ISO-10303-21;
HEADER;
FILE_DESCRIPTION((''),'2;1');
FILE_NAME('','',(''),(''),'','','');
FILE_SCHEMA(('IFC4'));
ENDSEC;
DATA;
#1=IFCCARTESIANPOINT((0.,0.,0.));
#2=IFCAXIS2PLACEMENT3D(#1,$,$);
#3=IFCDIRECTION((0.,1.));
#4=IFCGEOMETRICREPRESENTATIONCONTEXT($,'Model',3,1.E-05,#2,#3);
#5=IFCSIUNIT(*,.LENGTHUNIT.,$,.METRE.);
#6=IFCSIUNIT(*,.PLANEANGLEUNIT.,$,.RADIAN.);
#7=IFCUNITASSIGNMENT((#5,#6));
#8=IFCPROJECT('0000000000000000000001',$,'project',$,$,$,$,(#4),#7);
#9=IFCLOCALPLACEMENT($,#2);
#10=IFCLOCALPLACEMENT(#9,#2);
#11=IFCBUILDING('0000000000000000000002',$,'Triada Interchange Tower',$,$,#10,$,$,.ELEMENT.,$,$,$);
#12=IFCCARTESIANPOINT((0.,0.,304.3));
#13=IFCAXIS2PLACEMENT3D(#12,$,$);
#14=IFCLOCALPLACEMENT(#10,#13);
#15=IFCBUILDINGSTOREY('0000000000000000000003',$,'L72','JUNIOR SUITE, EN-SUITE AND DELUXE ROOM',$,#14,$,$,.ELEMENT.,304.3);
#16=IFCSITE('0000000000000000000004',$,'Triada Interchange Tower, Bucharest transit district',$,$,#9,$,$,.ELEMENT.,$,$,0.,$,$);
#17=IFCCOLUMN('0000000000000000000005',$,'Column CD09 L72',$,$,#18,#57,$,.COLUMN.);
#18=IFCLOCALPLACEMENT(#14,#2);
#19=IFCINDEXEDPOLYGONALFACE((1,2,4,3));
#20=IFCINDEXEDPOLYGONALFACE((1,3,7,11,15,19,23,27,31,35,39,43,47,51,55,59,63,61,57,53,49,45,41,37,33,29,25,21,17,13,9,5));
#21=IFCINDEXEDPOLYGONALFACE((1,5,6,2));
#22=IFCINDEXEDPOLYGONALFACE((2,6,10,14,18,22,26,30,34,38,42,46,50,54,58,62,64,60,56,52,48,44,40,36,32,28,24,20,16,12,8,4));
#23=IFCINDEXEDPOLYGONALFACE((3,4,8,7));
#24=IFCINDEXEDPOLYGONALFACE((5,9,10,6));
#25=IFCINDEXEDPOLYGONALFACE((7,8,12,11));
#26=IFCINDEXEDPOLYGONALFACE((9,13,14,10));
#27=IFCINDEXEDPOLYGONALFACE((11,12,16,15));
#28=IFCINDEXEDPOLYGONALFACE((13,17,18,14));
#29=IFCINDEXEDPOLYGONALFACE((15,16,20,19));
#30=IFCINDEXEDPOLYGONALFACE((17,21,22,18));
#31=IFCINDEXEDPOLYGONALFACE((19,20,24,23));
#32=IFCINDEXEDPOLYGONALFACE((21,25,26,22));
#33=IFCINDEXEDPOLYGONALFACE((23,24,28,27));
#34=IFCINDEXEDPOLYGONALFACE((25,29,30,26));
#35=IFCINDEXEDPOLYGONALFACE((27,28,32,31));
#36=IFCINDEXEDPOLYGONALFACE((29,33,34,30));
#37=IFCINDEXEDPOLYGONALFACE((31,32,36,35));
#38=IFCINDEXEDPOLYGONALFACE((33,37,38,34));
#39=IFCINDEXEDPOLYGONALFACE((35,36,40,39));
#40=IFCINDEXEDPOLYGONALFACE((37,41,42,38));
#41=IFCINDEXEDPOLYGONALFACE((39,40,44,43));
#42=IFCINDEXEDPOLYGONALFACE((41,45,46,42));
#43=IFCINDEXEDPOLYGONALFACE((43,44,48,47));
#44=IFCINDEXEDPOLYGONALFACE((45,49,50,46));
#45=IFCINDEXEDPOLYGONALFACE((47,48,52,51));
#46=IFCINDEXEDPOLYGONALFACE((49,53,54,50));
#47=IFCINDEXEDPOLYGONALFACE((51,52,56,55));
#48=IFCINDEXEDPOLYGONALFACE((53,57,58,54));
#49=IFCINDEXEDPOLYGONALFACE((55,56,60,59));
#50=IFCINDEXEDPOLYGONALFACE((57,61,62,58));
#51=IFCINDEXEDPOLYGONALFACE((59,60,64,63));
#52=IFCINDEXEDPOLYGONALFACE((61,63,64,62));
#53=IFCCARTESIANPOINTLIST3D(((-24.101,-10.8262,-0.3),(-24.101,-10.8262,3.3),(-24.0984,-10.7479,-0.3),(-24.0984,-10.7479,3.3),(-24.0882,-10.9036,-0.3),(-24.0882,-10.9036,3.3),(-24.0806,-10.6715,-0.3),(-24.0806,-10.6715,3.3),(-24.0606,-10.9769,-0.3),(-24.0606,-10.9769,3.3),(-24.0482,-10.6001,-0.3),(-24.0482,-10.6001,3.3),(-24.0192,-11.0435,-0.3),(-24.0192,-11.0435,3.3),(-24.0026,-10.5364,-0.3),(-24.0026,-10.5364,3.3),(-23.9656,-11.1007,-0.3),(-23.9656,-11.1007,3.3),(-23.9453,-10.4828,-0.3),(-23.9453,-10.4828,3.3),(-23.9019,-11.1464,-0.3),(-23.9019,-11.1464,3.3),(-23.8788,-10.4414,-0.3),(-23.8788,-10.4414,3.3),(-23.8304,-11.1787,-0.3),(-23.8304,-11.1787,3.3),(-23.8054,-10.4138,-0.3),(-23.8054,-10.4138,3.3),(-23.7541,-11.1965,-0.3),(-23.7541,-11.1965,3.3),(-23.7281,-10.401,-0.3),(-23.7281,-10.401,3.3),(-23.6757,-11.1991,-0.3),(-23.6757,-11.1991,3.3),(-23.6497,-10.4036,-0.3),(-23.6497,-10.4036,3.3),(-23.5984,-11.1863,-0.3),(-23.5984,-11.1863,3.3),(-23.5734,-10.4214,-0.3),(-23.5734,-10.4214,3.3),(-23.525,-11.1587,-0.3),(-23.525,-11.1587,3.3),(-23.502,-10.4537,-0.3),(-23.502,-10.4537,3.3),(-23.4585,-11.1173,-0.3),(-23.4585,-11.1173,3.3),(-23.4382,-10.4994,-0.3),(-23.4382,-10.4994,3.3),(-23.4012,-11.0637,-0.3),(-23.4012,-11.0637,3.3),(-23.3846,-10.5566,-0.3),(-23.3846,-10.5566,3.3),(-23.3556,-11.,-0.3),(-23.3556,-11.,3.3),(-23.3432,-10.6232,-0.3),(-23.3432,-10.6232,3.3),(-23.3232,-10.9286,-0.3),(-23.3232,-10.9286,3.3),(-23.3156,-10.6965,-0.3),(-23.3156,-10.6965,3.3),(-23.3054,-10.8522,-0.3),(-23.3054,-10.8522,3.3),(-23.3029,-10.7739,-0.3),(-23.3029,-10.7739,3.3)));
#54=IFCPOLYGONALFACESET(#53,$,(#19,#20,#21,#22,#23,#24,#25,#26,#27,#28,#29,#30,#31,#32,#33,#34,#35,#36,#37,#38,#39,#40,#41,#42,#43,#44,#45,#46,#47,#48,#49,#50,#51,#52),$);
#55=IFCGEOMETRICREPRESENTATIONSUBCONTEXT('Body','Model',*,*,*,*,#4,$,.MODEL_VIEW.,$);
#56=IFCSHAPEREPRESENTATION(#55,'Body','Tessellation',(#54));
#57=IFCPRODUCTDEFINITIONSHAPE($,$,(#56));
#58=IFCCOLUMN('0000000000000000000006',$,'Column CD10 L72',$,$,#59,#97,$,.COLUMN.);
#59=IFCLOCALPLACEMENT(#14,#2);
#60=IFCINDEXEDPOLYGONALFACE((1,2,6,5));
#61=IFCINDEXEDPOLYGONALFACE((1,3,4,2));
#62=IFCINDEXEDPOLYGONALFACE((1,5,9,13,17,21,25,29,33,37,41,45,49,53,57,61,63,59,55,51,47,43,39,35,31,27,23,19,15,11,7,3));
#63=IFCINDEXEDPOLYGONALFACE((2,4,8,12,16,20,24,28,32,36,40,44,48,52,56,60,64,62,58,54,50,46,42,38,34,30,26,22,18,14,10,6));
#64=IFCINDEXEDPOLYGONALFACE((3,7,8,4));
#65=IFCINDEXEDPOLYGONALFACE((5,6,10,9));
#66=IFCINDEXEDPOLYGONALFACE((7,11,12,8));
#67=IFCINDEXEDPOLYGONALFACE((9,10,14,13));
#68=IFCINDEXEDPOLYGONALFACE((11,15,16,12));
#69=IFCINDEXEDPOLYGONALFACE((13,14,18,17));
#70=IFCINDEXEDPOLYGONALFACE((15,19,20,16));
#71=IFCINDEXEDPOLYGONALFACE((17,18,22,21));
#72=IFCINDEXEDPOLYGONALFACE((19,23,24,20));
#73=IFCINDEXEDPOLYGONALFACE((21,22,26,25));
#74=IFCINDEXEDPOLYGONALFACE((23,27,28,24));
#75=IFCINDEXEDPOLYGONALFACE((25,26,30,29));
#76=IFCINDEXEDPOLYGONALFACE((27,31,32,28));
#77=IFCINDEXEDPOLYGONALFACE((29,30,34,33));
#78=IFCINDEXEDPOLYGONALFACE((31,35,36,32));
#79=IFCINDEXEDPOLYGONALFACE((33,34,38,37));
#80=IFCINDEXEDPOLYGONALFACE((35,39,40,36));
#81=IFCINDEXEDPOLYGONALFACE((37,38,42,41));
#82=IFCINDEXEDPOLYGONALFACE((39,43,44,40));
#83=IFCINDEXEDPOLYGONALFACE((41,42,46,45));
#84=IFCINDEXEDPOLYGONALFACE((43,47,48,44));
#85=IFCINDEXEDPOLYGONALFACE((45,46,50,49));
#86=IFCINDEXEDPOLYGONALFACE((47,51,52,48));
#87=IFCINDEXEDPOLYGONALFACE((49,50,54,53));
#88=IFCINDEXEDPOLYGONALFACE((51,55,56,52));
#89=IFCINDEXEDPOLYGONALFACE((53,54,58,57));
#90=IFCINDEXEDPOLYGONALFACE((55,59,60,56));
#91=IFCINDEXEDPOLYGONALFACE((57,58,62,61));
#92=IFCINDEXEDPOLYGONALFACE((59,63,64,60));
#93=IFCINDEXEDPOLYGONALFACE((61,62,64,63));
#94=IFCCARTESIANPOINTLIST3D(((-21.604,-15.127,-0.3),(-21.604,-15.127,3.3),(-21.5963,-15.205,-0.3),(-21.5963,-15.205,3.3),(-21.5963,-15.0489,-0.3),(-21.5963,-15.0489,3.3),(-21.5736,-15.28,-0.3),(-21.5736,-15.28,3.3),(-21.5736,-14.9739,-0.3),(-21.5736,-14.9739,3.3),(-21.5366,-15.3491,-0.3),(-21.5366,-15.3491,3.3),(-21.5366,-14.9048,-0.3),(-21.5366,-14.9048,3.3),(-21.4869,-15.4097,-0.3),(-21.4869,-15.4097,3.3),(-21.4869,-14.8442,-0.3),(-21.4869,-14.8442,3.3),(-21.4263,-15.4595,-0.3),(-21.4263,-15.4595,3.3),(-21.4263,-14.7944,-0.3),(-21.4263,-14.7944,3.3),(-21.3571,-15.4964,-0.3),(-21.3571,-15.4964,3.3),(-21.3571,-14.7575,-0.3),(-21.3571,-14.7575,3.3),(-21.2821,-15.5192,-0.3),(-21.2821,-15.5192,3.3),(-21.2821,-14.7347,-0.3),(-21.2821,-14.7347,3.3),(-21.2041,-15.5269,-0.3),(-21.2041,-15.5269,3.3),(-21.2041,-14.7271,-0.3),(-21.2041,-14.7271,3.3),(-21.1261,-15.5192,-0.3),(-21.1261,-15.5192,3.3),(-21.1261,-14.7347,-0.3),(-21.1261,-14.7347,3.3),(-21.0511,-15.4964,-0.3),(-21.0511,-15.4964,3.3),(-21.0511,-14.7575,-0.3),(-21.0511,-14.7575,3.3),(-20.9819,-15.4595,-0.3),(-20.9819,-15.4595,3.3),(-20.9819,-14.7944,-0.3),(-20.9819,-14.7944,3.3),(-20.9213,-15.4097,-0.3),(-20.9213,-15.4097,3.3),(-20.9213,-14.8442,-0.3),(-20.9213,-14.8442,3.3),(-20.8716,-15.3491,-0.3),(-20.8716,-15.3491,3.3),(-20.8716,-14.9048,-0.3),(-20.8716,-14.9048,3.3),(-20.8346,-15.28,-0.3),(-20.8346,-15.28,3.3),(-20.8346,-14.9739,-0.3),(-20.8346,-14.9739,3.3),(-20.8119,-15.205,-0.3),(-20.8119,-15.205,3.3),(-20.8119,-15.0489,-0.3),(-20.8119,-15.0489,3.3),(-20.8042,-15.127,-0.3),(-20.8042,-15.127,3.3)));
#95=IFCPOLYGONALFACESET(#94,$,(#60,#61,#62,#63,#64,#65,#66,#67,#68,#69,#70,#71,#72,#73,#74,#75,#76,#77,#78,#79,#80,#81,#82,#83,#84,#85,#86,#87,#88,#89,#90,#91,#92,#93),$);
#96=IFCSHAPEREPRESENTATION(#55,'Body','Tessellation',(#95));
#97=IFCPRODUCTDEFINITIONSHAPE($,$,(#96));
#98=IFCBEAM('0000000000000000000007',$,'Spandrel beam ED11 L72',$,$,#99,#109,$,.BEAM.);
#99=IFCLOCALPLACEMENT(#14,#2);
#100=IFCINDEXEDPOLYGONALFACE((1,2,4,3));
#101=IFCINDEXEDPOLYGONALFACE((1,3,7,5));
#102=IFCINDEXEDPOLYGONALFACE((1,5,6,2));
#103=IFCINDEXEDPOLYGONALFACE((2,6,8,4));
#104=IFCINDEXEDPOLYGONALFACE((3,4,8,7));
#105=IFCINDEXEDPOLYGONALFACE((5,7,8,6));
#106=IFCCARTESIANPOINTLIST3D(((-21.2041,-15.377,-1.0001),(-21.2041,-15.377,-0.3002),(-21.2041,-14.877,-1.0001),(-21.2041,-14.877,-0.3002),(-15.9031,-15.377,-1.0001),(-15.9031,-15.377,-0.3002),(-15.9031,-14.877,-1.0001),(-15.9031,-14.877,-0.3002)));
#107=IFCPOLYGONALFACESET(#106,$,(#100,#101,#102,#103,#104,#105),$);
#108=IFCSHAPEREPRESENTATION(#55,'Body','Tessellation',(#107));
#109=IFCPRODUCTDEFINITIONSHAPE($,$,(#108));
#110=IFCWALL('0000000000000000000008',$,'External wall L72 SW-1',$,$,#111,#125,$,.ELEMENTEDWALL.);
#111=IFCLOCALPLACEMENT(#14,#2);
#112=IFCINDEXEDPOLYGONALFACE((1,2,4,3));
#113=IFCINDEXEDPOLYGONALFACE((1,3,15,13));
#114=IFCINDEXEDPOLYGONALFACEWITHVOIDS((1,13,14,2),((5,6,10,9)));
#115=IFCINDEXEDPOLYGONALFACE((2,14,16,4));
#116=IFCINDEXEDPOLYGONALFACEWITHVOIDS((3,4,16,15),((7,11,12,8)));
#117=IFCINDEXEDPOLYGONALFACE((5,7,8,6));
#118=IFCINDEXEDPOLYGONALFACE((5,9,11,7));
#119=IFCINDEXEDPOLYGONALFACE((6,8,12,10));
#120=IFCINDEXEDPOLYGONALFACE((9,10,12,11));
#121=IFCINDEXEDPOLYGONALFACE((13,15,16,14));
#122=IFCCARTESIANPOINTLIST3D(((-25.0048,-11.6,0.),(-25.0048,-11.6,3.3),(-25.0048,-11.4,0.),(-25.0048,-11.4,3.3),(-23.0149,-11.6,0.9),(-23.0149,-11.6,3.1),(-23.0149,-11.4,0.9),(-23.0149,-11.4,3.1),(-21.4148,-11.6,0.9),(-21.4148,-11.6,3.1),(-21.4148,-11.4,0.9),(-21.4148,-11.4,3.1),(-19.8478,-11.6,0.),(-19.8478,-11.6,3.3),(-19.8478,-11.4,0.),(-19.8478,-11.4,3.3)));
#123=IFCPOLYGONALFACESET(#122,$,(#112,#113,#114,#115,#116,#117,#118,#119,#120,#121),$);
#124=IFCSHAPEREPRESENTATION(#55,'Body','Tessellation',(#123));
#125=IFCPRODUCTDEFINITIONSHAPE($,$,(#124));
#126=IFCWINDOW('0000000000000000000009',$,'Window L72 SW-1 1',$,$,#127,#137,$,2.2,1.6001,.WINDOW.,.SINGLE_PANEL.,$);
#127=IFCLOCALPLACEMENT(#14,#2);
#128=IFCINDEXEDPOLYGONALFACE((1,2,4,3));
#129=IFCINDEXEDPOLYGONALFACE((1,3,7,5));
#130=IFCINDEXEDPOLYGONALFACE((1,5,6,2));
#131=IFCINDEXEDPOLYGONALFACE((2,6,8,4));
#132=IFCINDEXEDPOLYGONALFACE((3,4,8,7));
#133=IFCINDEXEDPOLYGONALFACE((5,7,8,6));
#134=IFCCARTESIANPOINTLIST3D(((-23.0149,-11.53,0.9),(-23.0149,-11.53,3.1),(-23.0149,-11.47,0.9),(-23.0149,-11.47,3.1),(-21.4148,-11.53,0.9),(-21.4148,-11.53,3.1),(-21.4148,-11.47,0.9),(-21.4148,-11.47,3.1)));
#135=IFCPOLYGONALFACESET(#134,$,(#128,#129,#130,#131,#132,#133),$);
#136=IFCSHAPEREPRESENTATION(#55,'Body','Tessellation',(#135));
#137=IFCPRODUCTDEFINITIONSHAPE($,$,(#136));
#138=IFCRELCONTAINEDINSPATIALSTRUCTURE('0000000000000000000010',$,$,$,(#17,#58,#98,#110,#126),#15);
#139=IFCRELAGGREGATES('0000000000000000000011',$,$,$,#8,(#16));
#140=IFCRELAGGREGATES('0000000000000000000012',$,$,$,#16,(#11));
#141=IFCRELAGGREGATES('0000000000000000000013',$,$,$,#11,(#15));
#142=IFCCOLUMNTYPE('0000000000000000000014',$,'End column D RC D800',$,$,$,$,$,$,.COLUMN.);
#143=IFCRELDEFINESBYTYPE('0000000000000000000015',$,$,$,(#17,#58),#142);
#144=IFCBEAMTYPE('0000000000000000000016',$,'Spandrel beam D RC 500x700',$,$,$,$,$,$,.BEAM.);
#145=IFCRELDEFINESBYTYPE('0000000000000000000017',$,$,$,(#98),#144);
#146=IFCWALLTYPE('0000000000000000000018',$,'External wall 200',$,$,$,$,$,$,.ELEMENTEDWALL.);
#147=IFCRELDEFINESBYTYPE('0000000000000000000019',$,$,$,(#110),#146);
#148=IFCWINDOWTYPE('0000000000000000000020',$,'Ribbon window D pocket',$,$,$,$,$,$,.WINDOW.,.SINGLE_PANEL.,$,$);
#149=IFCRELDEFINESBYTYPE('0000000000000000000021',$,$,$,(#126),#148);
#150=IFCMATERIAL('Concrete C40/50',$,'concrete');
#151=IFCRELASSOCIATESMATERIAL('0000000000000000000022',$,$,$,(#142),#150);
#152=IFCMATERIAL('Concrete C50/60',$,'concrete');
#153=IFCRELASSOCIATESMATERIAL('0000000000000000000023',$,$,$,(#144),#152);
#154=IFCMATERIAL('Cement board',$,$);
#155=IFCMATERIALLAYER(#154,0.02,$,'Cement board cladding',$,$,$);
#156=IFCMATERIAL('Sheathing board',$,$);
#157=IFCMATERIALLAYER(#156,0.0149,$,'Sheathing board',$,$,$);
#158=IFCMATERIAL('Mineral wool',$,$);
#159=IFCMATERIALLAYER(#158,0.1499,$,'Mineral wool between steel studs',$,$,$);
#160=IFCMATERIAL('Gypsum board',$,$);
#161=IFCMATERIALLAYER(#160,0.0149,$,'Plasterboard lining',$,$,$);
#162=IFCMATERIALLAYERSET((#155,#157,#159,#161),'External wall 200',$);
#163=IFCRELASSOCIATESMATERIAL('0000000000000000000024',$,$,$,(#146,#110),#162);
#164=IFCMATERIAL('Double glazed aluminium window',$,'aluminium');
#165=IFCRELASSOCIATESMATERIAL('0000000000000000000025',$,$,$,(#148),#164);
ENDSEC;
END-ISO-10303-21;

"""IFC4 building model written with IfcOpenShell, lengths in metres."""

from ifc_helpers import new_model, si_unit, direction, frame, frame_2d, origin, origin_2d, place, context, subcontext, project, spatial, rectangle, circle, extrude, material, layer, layer_set, layer_usage, material_profile, profile_set, type_object, element, fill, save


model = new_model("IFC4")

# Units and contexts
model_context = context("Model", 3, precision=1e-05, world=origin(), true_north=direction((0.0, 1.0)))
body_context = subcontext(model_context, "Body", "Model", "MODEL_VIEW")
ifc_project = project(units=[si_unit("LENGTHUNIT", "METRE"), si_unit("PLANEANGLEUNIT", "RADIAN")], contexts=[model_context])

# Site, building, storey
site_placement = place(None, origin())
site = spatial("IfcSite", under=ifc_project, at=site_placement, Name="Triada Interchange Tower, Bucharest transit district", CompositionType="ELEMENT", RefElevation=0.0)
building_placement = place(site_placement, origin())
building = spatial("IfcBuilding", under=site, at=building_placement, Name="Triada Interchange Tower", CompositionType="ELEMENT")
storey_placement = place(building_placement, frame((0.0, 0.0, 304.3)))
storey = spatial("IfcBuildingStorey", under=building, at=storey_placement, Name="L72", Description="JUNIOR SUITE, EN-SUITE AND DELUXE ROOM", CompositionType="ELEMENT", Elevation=304.3)

# Columns
ifc_material_1 = material(Name="Concrete C40/50", Category="concrete")
ifc_material_profile_1 = material_profile(ifc_material_1, circle(Radius=0.3999, at=origin_2d()), Name="RC D800")
ifc_profile_set_1 = profile_set([ifc_material_profile_1], Name="Concrete C40/50")
column_type = type_object("IfcColumnType", Name="End column D RC D800", PredefinedType="COLUMN", material=ifc_profile_set_1)
for number, where, z_axis, x_axis, name in (
    (1, (-23.7019, -10.8, -0.3), (0.0, 0.0, 1.0), (0.5, 0.866025, 0.0), "Column CD09 L72"),
    (2, (-21.2041, -15.127, -0.3), (0.0, 0.0, 1.0), (1.0, 0.0, 0.0), "Column CD10 L72"),
):
    element("IfcColumn", number, at=place(storey_placement, frame(where, z_axis=z_axis, x_axis=x_axis)), inside=storey, type_object=column_type, Name=name, PredefinedType="COLUMN", context=body_context, shape_type="SweptSolid", body=[
        extrude(circle(Radius=0.3999, at=origin_2d()), origin(), (0.0, 0.0, 1.0), 3.6001),
    ])

# Beam
ifc_material_2 = material(Name="Concrete C50/60", Category="concrete")
ifc_material_profile_2 = material_profile(ifc_material_2, rectangle(XDim=0.5, YDim=0.7, at=origin_2d()), Name="RC 500x700")
ifc_profile_set_2 = profile_set([ifc_material_profile_2], Name="Concrete C50/60")
beam_type = type_object("IfcBeamType", Name="Spandrel beam D RC 500x700", PredefinedType="BEAM", material=ifc_profile_set_2)
beam_placement = place(storey_placement, frame((-21.2041, -15.127, -0.6501), z_axis=(1.0, 0.0, 0.0), x_axis=(0.0, 1.0, 0.0)))
element("IfcBeam", 3, at=beam_placement, inside=storey, type_object=beam_type, Name="Spandrel beam ED11 L72", PredefinedType="BEAM", context=body_context, shape_type="SweptSolid", body=[
    extrude(rectangle(XDim=0.5, YDim=0.7, at=origin_2d()), origin(), (0.0, 0.0, 1.0), 5.301),
])

# Wall, opening, window
ifc_material_3 = material(Name="Cement board")
ifc_layer_1 = layer(ifc_material_3, 0.02, Name="Cement board cladding")
ifc_material_4 = material(Name="Sheathing board")
ifc_layer_2 = layer(ifc_material_4, 0.0149, Name="Sheathing board")
ifc_material_5 = material(Name="Mineral wool")
ifc_layer_3 = layer(ifc_material_5, 0.1499, Name="Mineral wool between steel studs")
ifc_material_6 = material(Name="Gypsum board")
ifc_layer_4 = layer(ifc_material_6, 0.0149, Name="Plasterboard lining")
ifc_layer_set_1 = layer_set([ifc_layer_1, ifc_layer_2, ifc_layer_3, ifc_layer_4], Name="External wall 200")
ifc_layer_usage = layer_usage(ifc_layer_set_1, "AXIS2", "POSITIVE", -0.1001)
wall_type = type_object("IfcWallType", Name="External wall 200", PredefinedType="ELEMENTEDWALL", material=ifc_layer_set_1)
wall_1_placement = place(storey_placement, frame((-25.0049, -11.5, 0.0), z_axis=(0.0, 0.0, 1.0), x_axis=(1.0, 0.0, 0.0)))
wall_1 = element("IfcWall", 4, at=wall_1_placement, inside=storey, type_object=wall_type, material=ifc_layer_usage, Name="External wall L72 SW-1", PredefinedType="ELEMENTEDWALL", context=body_context, shape_type="SweptSolid", body=[
    extrude(rectangle(XDim=5.157, YDim=0.2, at=frame_2d((2.5786, 0.0))), origin(), (0.0, 0.0, 1.0), 3.3),
])
opening_1_placement = place(wall_1_placement, frame((1.99, 0.0, 0.8999)))
opening_1 = element("IfcOpeningElement", 5, at=opening_1_placement, cuts=wall_1, PredefinedType="OPENING", context=body_context, shape_type="SweptSolid", body=[
    extrude(rectangle(XDim=1.6001, YDim=2.2, at=frame_2d((0.8, 1.1001))), frame((0.0, 0.1099, 0.0), z_axis=(0.0, -1.0, 0.0), x_axis=(1.0, 0.0, 0.0)), (0.0, 0.0, 1.0), 0.22),
])
ifc_material_7 = material(Name="Double glazed aluminium window", Category="aluminium")
window_type_1 = type_object("IfcWindowType", Name="Ribbon window D pocket", PartitioningType="SINGLE_PANEL", PredefinedType="WINDOW", material=ifc_material_7)
window_1_placement = place(opening_1_placement, origin())
window_1 = element("IfcWindow", 6, at=window_1_placement, inside=storey, type_object=window_type_1, Name="Window L72 SW-1 1", OverallHeight=2.2, OverallWidth=1.6001, PartitioningType="SINGLE_PANEL", PredefinedType="WINDOW", context=body_context, shape_type="SweptSolid", body=[
    extrude(rectangle(XDim=1.6001, YDim=2.2, at=frame_2d((0.8, 1.1001))), frame((0.0, 0.03, 0.0), z_axis=(0.0, -1.0, 0.0), x_axis=(1.0, 0.0, 0.0)), (0.0, 0.0, 1.0), 0.0601),
])
fill(opening_1, window_1)

save(model, "model.ifc")
